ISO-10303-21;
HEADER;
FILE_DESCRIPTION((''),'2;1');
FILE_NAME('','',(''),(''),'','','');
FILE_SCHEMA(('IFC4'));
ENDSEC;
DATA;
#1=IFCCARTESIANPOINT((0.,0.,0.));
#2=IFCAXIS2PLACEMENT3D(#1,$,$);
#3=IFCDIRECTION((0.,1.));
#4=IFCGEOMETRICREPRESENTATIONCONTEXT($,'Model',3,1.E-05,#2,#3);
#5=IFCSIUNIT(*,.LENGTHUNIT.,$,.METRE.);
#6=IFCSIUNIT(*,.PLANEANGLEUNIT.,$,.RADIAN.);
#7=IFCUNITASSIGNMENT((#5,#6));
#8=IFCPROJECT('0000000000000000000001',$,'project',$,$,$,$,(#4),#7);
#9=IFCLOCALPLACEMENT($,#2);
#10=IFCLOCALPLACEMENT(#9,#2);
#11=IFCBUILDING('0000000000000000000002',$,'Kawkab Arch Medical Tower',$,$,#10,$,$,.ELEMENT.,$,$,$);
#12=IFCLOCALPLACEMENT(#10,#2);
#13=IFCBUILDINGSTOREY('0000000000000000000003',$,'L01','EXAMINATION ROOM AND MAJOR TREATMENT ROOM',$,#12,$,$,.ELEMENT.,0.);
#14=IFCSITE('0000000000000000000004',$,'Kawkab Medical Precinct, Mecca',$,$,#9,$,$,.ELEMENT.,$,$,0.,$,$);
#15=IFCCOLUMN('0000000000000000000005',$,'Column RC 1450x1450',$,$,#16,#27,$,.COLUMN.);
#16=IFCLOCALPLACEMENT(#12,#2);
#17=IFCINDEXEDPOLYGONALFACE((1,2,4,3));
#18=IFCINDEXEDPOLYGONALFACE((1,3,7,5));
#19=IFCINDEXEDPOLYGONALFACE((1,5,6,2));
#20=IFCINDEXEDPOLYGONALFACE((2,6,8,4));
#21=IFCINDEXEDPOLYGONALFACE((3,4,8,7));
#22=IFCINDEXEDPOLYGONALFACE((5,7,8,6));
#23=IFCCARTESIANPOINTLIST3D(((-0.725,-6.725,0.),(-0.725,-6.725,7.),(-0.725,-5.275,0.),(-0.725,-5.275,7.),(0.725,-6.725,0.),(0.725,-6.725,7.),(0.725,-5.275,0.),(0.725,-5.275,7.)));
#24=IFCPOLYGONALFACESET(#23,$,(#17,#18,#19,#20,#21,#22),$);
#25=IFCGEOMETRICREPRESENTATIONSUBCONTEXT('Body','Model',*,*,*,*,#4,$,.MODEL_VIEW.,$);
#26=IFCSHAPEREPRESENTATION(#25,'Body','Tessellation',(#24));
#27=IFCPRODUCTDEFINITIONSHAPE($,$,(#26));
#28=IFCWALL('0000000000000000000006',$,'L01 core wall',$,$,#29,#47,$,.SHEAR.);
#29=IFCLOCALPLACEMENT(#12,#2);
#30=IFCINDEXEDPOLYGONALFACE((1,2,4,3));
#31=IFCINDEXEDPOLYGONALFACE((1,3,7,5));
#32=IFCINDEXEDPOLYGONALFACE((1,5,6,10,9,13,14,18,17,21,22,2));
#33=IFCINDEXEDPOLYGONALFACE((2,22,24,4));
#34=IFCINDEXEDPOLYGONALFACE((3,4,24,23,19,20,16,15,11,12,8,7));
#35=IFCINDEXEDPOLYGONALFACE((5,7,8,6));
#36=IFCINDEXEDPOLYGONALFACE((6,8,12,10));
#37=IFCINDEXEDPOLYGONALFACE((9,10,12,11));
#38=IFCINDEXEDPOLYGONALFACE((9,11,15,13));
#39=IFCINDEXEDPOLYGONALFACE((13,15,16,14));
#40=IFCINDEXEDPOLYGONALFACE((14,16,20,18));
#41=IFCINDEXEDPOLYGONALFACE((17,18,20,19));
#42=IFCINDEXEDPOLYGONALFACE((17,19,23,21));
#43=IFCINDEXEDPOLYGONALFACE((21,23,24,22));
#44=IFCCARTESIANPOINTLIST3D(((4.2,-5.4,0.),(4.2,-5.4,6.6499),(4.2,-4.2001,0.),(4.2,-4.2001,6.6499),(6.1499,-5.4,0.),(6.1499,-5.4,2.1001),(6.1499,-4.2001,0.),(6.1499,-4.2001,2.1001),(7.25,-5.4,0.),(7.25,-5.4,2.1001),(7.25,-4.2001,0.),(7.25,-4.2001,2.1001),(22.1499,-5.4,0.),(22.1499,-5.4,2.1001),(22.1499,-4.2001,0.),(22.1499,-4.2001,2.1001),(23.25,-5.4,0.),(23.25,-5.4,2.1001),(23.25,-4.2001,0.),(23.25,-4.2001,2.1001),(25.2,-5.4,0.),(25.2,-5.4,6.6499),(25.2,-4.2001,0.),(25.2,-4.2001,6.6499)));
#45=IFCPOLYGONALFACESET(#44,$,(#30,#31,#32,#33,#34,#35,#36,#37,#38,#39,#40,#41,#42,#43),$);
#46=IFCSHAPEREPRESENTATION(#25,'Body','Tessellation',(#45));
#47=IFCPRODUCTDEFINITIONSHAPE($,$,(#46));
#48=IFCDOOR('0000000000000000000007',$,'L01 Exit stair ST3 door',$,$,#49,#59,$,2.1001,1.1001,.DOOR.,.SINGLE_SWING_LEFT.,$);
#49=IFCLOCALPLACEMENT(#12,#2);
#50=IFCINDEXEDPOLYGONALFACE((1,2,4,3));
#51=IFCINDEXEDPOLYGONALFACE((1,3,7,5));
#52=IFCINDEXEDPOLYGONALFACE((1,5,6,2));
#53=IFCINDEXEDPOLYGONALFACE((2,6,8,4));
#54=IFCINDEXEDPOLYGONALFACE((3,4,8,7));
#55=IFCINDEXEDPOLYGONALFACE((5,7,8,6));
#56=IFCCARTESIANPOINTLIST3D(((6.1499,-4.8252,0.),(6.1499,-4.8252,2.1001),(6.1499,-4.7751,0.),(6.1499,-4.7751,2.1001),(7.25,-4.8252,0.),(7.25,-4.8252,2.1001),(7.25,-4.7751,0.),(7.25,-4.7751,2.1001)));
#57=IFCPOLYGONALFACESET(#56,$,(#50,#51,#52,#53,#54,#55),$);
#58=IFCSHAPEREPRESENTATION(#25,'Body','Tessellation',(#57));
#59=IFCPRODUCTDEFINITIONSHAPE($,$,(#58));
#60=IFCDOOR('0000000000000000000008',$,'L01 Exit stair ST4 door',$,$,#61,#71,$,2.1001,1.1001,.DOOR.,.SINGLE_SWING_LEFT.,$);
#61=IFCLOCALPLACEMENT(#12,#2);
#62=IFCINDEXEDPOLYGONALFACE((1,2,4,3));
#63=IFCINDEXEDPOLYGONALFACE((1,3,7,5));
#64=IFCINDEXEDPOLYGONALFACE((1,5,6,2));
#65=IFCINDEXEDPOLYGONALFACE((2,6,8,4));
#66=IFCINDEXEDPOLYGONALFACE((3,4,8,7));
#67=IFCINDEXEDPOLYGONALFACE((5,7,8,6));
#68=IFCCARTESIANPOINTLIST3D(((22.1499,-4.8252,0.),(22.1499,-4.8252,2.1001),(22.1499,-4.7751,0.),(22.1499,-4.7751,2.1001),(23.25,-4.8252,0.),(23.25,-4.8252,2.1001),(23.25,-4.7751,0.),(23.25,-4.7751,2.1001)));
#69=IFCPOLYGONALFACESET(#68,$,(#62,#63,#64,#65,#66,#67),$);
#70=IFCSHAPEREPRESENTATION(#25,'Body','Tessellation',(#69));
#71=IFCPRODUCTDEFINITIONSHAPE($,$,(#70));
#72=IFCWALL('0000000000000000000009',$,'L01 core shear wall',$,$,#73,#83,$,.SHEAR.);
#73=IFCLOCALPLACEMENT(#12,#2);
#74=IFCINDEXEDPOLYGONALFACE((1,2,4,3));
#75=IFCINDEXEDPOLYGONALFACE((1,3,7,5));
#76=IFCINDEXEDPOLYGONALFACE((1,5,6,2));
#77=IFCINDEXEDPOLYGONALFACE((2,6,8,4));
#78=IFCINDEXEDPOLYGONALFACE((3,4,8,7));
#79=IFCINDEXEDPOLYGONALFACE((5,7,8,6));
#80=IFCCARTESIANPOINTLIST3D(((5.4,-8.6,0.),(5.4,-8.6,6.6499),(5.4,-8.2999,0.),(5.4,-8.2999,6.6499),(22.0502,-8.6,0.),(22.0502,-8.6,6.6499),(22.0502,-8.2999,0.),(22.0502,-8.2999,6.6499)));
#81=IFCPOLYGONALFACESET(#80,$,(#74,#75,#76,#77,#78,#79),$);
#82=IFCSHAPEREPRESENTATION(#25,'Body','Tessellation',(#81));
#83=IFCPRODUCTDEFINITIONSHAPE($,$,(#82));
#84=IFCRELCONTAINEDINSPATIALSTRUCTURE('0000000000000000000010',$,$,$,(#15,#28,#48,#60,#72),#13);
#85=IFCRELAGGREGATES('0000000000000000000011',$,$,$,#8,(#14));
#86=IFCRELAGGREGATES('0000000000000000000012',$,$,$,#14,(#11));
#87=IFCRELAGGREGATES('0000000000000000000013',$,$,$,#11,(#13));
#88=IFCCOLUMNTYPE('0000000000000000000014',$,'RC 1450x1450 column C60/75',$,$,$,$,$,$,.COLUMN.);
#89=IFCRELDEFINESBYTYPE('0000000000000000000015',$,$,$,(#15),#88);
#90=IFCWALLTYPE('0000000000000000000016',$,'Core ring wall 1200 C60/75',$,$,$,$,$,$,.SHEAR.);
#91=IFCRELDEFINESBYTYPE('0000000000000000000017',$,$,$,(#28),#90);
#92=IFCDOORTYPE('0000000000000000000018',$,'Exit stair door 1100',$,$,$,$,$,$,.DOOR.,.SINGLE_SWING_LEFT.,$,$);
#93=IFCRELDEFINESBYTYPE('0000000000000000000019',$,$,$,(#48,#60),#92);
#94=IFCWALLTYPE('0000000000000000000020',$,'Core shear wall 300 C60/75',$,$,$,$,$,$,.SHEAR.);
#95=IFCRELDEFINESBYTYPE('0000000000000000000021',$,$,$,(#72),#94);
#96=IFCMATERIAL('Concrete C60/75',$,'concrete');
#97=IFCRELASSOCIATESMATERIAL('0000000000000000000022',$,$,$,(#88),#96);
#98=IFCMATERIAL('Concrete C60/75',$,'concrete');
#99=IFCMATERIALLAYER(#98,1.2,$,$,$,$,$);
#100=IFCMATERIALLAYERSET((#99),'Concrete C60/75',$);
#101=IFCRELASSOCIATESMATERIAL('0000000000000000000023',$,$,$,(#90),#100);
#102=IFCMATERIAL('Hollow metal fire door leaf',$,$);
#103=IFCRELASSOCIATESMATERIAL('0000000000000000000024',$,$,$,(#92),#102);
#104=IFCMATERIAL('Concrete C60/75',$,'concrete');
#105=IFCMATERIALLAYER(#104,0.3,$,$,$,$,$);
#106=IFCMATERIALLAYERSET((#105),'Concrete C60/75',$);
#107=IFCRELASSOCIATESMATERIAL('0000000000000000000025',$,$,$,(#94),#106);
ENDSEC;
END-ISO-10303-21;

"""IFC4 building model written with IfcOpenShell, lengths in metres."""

from ifc_helpers import new_model, si_unit, direction, frame, frame_2d, origin, origin_2d, place, context, subcontext, project, spatial, rectangle, extrude, material, layer, layer_set, material_profile, profile_set, type_object, element, fill, save


model = new_model("IFC4")

# Units and contexts
model_context = context("Model", 3, precision=1e-05, world=origin(), true_north=direction((0.0, 1.0)))
body_context = subcontext(model_context, "Body", "Model", "MODEL_VIEW")
ifc_project = project(units=[si_unit("LENGTHUNIT", "METRE"), si_unit("PLANEANGLEUNIT", "RADIAN")], contexts=[model_context])

# Site, building, storey
site_placement = place(None, origin())
site = spatial("IfcSite", under=ifc_project, at=site_placement, Name="Kawkab Medical Precinct, Mecca", CompositionType="ELEMENT", RefElevation=0.0)
building_placement = place(site_placement, origin())
building = spatial("IfcBuilding", under=site, at=building_placement, Name="Kawkab Arch Medical Tower", CompositionType="ELEMENT")
storey_placement = place(building_placement, origin())
storey = spatial("IfcBuildingStorey", under=building, at=storey_placement, Name="L01", Description="EXAMINATION ROOM AND MAJOR TREATMENT ROOM", CompositionType="ELEMENT", Elevation=0.0)

# Column
ifc_material_1 = material(Name="Concrete C60/75", Category="concrete")
ifc_material_profile = material_profile(ifc_material_1, rectangle(XDim=1.45, YDim=1.45, at=origin_2d()), Name="RC 1450x1450")
ifc_profile_set = profile_set([ifc_material_profile], Name="Concrete C60/75")
column_type = type_object("IfcColumnType", Name="RC 1450x1450 column C60/75", PredefinedType="COLUMN", material=ifc_profile_set)
column_placement = place(storey_placement, frame((0.0, -6.0, 0.0), z_axis=(0.0, 0.0, 1.0), x_axis=(1.0, 0.0, 0.0)))
element("IfcColumn", 1, at=column_placement, inside=storey, type_object=column_type, Name="Column RC 1450x1450", PredefinedType="COLUMN", context=body_context, shape_type="SweptSolid", body=[
    extrude(rectangle(XDim=1.45, YDim=1.45, at=origin_2d()), origin(), (0.0, 0.0, 1.0), 7.0),
])

# Wall, openings, doors
ifc_material_2 = material(Name="Concrete C60/75", Category="concrete")
ifc_layer_1 = layer(ifc_material_2, 1.2)
ifc_layer_set_1 = layer_set([ifc_layer_1], Name="Concrete C60/75")
wall_type_1 = type_object("IfcWallType", Name="Core ring wall 1200 C60/75", PredefinedType="SHEAR", material=ifc_layer_set_1)
wall_1_placement = place(storey_placement, frame((4.2, -4.8, 0.0), z_axis=(0.0, 0.0, 1.0), x_axis=(1.0, 0.0, 0.0)))
wall_1 = element("IfcWall", 2, at=wall_1_placement, inside=storey, type_object=wall_type_1, Name="L01 core wall", PredefinedType="SHEAR", context=body_context, shape_type="SweptSolid", body=[
    extrude(rectangle(XDim=21.0, YDim=1.2, at=frame_2d((10.5, 0.0))), origin(), (0.0, 0.0, 1.0), 6.6499),
])
opening_1_placement = place(wall_1_placement, frame((1.95, 0.0, 0.0)))
opening_1 = element("IfcOpeningElement", 3, at=opening_1_placement, cuts=wall_1, PredefinedType="OPENING", context=body_context, shape_type="SweptSolid", body=[
    extrude(rectangle(XDim=1.1001, YDim=2.1001, at=frame_2d((0.55, 1.05))), frame((0.0, 0.6099, 0.0), z_axis=(0.0, -1.0, 0.0), x_axis=(1.0, 0.0, 0.0)), (0.0, 0.0, 1.0), 1.22),
])
opening_2_placement = place(wall_1_placement, frame((17.95, 0.0, 0.0)))
opening_2 = element("IfcOpeningElement", 4, at=opening_2_placement, cuts=wall_1, PredefinedType="OPENING", context=body_context, shape_type="SweptSolid", body=[
    extrude(rectangle(XDim=1.1001, YDim=2.1001, at=frame_2d((0.55, 1.05))), frame((0.0, 0.6099, 0.0), z_axis=(0.0, -1.0, 0.0), x_axis=(1.0, 0.0, 0.0)), (0.0, 0.0, 1.0), 1.22),
])
ifc_material_3 = material(Name="Hollow metal fire door leaf")
door_type_1 = type_object("IfcDoorType", Name="Exit stair door 1100", OperationType="SINGLE_SWING_LEFT", PredefinedType="DOOR", material=ifc_material_3)
door_1_placement = place(opening_1_placement, origin())
door_1 = element("IfcDoor", 5, at=door_1_placement, inside=storey, type_object=door_type_1, Name="L01 Exit stair ST3 door", OperationType="SINGLE_SWING_LEFT", OverallHeight=2.1001, OverallWidth=1.1001, PredefinedType="DOOR", context=body_context, shape_type="SweptSolid", body=[
    extrude(rectangle(XDim=1.1001, YDim=2.1001, at=frame_2d((0.55, 1.05))), frame((0.0, 0.0249, 0.0), z_axis=(0.0, -1.0, 0.0), x_axis=(1.0, 0.0, 0.0)), (0.0, 0.0, 1.0), 0.05),
])
fill(opening_1, door_1)
door_2_placement = place(opening_2_placement, origin())
door_2 = element("IfcDoor", 6, at=door_2_placement, inside=storey, type_object=door_type_1, Name="L01 Exit stair ST4 door", OperationType="SINGLE_SWING_LEFT", OverallHeight=2.1001, OverallWidth=1.1001, PredefinedType="DOOR", context=body_context, shape_type="SweptSolid", body=[
    extrude(rectangle(XDim=1.1001, YDim=2.1001, at=frame_2d((0.55, 1.05))), frame((0.0, 0.0249, 0.0), z_axis=(0.0, -1.0, 0.0), x_axis=(1.0, 0.0, 0.0)), (0.0, 0.0, 1.0), 0.05),
])
fill(opening_2, door_2)

# Wall
ifc_material_4 = material(Name="Concrete C60/75", Category="concrete")
ifc_layer_2 = layer(ifc_material_4, 0.3)
ifc_layer_set_2 = layer_set([ifc_layer_2], Name="Concrete C60/75")
wall_type_2 = type_object("IfcWallType", Name="Core shear wall 300 C60/75", PredefinedType="SHEAR", material=ifc_layer_set_2)
wall_2_placement = place(storey_placement, frame((5.3999, -8.45, 0.0), z_axis=(0.0, 0.0, 1.0), x_axis=(1.0, 0.0, 0.0)))
element("IfcWall", 7, at=wall_2_placement, inside=storey, type_object=wall_type_2, Name="L01 core shear wall", PredefinedType="SHEAR", context=body_context, shape_type="SweptSolid", body=[
    extrude(rectangle(XDim=16.6501, YDim=0.3, at=frame_2d((8.3252, 0.0))), origin(), (0.0, 0.0, 1.0), 6.6499),
])

save(model, "model.ifc")
